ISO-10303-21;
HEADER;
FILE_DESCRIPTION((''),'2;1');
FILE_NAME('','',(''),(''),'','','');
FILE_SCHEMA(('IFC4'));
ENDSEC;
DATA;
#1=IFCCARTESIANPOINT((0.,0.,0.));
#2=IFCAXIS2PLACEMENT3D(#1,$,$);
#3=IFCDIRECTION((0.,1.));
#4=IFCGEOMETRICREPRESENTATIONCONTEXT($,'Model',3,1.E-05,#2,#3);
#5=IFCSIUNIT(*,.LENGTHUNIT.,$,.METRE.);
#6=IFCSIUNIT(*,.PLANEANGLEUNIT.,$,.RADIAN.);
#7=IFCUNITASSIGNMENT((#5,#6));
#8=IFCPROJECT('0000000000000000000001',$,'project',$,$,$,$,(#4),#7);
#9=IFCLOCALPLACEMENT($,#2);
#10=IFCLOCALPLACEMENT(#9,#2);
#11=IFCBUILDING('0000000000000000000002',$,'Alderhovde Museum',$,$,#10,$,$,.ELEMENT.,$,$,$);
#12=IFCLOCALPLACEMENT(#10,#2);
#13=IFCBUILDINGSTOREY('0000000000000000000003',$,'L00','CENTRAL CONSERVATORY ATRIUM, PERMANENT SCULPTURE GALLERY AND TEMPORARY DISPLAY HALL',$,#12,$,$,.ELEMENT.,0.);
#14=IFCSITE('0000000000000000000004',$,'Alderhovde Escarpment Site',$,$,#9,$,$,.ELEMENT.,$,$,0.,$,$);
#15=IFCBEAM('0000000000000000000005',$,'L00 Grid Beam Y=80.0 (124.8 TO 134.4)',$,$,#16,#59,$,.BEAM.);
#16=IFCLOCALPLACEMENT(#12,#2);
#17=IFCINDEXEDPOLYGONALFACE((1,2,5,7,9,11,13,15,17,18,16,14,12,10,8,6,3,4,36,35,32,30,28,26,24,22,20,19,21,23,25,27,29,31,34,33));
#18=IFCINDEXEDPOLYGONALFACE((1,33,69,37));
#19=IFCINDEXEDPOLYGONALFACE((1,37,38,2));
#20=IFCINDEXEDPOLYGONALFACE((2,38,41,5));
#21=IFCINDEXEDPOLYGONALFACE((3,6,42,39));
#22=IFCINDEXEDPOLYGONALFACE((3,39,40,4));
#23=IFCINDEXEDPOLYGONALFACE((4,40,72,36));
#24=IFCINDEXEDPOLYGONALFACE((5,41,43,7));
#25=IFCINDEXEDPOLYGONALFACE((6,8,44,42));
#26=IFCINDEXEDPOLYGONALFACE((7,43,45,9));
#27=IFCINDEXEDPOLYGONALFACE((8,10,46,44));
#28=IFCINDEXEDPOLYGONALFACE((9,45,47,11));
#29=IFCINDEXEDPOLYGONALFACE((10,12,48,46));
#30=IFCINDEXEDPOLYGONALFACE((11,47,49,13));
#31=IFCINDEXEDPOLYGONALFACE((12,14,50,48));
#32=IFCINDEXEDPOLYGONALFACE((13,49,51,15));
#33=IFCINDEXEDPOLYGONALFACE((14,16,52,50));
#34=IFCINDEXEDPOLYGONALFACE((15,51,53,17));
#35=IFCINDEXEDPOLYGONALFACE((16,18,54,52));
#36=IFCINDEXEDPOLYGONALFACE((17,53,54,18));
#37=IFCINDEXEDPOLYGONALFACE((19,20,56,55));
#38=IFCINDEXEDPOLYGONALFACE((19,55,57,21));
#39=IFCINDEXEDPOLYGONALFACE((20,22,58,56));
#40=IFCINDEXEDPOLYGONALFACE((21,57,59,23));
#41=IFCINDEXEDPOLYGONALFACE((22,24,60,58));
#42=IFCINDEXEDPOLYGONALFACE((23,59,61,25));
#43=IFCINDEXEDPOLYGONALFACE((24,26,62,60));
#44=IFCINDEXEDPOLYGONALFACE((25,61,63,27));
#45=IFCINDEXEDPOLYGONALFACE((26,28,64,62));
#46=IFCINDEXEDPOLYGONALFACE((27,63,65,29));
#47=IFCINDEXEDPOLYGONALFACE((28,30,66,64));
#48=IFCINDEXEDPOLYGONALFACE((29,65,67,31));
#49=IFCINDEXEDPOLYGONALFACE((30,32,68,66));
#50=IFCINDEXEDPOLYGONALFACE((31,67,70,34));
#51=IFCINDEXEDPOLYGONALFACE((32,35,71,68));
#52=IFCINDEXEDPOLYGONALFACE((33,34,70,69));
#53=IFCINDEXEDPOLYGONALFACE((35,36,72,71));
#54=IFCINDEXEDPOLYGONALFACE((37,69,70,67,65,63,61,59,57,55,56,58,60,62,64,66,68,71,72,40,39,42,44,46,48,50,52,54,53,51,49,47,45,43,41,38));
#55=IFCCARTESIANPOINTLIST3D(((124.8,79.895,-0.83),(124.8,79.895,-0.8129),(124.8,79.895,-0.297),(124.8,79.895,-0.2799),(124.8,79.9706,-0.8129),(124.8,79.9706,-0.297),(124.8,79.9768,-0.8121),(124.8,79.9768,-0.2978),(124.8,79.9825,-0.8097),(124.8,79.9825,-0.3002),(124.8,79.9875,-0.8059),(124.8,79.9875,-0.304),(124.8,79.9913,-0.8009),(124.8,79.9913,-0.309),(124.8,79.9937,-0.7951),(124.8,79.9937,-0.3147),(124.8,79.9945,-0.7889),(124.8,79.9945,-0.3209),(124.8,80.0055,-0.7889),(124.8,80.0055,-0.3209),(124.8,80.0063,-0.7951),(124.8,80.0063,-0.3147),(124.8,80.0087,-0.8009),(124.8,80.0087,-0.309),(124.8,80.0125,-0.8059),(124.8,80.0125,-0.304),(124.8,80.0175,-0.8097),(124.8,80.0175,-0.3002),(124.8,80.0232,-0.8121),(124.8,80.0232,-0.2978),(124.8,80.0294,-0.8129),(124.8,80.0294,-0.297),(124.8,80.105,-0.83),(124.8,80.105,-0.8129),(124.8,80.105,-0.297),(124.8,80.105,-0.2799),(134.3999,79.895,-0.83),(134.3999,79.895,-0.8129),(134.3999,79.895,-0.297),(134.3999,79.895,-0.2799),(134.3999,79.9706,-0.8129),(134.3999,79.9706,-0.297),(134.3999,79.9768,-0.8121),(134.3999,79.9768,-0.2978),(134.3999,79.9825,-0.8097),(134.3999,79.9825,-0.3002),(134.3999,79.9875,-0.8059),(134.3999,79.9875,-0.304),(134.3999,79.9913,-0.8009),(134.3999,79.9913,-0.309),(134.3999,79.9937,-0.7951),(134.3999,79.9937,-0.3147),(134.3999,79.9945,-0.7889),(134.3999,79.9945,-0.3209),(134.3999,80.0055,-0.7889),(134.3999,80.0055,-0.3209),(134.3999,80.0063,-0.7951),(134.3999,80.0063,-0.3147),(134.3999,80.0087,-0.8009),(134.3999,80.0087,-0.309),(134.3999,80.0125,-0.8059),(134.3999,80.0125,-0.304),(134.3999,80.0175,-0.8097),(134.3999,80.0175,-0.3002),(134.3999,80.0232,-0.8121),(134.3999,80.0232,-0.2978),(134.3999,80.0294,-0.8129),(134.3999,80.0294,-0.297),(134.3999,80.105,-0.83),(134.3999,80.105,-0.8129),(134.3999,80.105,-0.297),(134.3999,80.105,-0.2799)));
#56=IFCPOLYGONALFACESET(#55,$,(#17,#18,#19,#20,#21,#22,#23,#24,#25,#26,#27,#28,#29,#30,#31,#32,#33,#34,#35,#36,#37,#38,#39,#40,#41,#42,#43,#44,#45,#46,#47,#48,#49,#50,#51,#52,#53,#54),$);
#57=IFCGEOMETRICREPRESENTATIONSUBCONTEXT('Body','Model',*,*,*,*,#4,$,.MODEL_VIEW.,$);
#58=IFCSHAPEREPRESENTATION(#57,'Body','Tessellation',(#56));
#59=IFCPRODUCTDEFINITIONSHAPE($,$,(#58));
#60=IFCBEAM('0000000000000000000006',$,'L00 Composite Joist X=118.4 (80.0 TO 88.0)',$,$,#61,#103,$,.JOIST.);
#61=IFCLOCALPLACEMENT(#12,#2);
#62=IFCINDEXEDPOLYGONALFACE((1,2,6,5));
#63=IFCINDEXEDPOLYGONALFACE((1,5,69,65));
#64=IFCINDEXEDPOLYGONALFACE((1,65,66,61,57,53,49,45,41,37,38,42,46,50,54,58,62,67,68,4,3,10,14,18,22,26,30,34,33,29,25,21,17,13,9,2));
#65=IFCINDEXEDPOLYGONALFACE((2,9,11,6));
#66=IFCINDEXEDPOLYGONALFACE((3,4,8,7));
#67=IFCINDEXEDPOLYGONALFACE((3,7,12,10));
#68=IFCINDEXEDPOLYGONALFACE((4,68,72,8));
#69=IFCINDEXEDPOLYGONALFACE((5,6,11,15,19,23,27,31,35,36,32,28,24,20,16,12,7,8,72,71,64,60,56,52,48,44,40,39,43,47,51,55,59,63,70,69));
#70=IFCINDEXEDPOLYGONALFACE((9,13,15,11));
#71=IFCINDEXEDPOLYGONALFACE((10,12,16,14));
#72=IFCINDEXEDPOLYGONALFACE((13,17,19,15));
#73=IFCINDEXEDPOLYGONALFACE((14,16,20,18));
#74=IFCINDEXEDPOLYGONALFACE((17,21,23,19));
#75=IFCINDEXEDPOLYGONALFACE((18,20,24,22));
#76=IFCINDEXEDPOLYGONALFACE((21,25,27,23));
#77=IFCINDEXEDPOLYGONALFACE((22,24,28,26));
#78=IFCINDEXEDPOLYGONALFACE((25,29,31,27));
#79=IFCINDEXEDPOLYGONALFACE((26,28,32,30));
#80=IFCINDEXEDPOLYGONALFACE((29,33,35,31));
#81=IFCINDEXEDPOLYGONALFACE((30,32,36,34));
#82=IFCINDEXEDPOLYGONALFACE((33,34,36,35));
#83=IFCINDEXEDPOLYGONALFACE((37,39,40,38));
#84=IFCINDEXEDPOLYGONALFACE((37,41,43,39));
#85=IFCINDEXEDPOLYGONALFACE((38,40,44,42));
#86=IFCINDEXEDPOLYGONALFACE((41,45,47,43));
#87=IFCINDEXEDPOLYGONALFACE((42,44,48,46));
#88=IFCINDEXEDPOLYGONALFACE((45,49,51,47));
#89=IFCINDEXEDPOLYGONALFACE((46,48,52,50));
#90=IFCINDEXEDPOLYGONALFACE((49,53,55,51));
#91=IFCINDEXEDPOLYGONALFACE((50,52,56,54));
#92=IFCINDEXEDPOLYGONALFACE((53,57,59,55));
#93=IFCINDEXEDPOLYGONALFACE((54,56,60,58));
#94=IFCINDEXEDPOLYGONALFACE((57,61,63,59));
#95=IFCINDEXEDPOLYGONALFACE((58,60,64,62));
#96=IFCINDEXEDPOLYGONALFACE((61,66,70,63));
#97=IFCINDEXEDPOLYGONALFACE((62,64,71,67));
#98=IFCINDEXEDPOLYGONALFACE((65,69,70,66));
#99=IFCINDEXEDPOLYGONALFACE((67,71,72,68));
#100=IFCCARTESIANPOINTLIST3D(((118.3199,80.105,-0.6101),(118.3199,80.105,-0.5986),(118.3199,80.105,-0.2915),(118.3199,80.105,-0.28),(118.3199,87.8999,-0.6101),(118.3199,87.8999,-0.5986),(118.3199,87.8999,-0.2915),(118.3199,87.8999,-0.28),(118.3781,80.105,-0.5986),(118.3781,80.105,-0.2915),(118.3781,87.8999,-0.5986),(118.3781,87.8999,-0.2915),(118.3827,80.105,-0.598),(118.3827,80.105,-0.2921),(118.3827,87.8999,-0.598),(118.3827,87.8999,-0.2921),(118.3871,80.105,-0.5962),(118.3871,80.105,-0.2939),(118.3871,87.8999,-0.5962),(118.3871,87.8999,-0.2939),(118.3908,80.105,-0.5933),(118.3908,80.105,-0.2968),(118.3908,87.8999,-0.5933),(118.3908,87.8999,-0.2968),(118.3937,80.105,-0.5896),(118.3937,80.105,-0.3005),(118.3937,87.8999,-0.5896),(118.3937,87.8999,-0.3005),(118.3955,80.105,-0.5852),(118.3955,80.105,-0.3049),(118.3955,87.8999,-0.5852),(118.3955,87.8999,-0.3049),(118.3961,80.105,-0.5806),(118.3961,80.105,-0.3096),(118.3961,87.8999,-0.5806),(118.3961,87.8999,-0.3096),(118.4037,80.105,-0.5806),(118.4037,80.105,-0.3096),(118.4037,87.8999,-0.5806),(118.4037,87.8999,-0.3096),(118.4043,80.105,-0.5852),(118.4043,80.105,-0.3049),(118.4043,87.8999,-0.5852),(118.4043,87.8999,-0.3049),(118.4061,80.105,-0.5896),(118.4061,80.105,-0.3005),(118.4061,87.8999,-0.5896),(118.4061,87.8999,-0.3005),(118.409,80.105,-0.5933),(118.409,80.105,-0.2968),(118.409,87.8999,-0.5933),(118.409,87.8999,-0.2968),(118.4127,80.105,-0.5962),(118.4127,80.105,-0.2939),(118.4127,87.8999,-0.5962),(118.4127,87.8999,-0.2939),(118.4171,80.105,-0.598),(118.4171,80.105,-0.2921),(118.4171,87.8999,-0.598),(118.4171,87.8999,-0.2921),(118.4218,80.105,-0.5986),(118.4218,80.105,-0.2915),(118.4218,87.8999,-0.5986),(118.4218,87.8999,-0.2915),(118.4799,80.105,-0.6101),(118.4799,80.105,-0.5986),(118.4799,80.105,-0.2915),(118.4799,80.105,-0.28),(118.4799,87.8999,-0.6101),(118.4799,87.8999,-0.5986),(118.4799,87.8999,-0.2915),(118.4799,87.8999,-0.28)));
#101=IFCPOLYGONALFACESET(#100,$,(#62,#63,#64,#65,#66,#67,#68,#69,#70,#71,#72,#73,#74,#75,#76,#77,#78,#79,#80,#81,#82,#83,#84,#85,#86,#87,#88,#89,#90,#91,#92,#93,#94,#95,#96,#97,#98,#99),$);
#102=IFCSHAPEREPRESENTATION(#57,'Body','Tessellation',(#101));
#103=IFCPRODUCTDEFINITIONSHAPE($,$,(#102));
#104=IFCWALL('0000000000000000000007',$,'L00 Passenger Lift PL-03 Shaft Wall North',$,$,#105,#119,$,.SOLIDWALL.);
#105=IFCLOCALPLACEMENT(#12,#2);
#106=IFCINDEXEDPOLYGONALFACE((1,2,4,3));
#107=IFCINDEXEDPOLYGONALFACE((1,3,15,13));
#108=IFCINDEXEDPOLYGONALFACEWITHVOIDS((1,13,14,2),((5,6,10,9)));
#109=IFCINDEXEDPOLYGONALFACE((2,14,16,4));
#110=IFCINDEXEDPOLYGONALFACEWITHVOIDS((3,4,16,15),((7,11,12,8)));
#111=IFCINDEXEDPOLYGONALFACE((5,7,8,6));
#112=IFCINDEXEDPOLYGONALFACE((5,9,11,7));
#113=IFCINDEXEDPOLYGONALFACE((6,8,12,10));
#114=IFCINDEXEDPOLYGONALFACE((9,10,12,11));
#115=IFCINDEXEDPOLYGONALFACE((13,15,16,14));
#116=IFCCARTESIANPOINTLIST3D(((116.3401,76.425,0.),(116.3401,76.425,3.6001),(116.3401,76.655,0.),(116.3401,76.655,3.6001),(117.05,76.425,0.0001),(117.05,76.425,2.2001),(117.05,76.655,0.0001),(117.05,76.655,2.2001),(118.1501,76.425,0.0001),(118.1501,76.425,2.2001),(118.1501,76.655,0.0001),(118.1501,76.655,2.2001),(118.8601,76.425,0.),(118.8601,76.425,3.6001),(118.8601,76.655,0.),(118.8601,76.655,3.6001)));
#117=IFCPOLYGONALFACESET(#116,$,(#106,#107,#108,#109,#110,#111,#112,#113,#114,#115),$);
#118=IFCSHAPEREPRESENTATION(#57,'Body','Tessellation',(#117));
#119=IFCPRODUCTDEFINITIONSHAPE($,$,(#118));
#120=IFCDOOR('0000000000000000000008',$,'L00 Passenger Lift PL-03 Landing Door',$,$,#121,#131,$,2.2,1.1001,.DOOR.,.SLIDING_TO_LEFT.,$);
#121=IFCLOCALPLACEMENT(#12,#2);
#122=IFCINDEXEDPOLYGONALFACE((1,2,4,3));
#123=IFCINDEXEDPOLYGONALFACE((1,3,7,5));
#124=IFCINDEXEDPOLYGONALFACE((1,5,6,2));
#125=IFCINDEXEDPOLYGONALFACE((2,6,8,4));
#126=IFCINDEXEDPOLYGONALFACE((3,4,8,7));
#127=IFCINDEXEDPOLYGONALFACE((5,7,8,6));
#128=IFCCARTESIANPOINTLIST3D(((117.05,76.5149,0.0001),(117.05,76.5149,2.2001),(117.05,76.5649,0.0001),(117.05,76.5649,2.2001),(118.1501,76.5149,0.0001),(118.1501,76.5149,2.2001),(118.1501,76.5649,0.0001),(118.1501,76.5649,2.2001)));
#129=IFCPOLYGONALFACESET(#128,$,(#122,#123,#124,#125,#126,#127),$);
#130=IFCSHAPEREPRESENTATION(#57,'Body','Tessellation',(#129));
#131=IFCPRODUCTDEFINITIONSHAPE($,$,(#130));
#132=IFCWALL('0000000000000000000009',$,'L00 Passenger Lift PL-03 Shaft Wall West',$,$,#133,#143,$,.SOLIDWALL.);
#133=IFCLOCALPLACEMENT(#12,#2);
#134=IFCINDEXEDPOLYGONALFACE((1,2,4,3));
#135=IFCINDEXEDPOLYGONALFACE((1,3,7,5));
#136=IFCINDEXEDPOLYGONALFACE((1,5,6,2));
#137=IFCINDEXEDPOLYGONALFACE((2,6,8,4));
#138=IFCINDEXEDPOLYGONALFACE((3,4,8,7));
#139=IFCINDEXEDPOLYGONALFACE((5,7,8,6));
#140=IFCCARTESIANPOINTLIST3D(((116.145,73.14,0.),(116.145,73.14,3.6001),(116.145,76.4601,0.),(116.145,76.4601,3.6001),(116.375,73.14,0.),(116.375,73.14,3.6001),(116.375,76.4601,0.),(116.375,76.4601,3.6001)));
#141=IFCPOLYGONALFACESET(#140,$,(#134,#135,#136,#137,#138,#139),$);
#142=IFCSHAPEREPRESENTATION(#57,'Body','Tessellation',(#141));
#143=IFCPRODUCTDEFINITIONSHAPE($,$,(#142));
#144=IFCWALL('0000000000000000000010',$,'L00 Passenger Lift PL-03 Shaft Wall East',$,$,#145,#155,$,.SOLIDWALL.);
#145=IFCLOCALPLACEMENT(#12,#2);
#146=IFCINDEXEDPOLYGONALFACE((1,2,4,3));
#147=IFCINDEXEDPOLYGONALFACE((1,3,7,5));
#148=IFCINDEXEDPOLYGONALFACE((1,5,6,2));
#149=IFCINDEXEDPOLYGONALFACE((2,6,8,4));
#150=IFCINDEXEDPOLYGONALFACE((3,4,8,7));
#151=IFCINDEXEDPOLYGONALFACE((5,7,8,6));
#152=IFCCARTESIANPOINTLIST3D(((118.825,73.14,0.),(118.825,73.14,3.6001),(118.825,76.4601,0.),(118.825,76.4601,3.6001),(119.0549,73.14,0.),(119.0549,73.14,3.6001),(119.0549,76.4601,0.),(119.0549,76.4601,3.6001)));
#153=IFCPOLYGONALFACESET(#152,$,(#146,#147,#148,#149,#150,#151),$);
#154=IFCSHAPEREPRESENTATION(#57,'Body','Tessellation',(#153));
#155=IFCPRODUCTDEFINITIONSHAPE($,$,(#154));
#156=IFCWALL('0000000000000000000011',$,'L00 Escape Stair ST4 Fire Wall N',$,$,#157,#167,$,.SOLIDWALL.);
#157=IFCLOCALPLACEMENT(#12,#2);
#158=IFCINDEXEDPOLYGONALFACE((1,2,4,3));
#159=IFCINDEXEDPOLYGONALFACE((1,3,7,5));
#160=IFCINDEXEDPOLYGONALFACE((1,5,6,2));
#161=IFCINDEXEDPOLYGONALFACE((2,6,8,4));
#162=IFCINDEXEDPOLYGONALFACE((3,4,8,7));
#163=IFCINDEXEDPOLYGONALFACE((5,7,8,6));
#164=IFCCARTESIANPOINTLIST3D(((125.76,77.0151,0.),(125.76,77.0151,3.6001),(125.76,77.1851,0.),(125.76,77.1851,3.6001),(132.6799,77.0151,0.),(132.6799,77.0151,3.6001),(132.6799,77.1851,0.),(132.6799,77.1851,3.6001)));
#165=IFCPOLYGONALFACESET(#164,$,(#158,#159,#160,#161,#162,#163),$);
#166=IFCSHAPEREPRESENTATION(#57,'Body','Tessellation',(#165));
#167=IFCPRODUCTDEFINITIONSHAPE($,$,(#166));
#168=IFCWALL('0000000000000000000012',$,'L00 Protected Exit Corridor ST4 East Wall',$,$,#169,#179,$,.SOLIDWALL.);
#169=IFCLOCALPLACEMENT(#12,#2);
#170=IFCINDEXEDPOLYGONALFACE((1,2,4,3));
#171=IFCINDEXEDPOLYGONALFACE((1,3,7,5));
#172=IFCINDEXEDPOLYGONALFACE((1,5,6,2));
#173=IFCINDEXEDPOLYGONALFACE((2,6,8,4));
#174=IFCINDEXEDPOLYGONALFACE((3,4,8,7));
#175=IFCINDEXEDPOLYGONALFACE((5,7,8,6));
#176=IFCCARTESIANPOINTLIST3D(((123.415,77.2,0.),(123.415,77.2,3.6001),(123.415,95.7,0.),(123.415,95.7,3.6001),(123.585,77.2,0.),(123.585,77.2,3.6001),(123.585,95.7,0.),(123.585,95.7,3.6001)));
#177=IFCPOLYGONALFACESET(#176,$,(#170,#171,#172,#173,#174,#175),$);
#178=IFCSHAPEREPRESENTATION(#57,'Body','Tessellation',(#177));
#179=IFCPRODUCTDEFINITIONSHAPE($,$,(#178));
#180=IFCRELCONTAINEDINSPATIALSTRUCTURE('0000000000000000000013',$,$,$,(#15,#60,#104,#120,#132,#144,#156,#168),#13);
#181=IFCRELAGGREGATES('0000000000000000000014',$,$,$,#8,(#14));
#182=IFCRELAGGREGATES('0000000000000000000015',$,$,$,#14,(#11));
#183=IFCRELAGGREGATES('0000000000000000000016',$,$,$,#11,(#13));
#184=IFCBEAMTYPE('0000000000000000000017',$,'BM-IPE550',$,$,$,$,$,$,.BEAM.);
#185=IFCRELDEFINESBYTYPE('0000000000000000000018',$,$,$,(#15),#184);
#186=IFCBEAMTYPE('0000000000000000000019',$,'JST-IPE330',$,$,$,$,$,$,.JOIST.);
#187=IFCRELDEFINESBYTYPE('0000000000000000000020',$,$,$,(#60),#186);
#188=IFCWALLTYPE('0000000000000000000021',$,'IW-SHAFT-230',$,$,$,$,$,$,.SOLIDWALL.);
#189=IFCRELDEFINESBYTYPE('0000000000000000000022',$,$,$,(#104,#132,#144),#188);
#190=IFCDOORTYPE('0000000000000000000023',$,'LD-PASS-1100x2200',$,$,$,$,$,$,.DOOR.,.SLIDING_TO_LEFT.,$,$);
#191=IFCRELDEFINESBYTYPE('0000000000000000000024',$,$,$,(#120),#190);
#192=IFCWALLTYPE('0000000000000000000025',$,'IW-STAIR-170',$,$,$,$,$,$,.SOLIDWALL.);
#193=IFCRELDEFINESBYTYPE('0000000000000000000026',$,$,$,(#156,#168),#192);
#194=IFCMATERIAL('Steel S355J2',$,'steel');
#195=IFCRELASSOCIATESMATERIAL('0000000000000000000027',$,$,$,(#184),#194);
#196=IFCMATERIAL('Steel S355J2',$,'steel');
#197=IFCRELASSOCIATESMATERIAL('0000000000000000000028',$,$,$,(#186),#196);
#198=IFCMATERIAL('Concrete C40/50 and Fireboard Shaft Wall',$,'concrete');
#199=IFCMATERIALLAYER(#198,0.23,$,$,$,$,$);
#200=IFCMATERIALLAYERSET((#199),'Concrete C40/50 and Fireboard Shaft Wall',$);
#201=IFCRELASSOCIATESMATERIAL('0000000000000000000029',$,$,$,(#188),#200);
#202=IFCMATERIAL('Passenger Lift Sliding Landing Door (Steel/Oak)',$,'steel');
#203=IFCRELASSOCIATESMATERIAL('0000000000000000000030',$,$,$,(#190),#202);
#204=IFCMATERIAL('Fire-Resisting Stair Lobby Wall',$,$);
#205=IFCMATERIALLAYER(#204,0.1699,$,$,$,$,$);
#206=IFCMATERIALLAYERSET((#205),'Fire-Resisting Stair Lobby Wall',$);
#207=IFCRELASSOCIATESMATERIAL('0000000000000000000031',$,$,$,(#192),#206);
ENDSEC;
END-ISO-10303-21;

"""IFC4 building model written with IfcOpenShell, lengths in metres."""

from ifc_helpers import new_model, si_unit, direction, frame, frame_2d, origin, origin_2d, place, context, subcontext, project, spatial, rectangle, i_section, extrude, material, layer, layer_set, material_profile, profile_set, type_object, element, fill, save


model = new_model("IFC4")

# Units and contexts
model_context = context("Model", 3, precision=1e-05, world=origin(), true_north=direction((0.0, 1.0)))
body_context = subcontext(model_context, "Body", "Model", "MODEL_VIEW")
ifc_project = project(units=[si_unit("LENGTHUNIT", "METRE"), si_unit("PLANEANGLEUNIT", "RADIAN")], contexts=[model_context])

# Site, building, storey
site_placement = place(None, origin())
site = spatial("IfcSite", under=ifc_project, at=site_placement, Name="Alderhovde Escarpment Site", CompositionType="ELEMENT", RefElevation=0.0)
building_placement = place(site_placement, origin())
building = spatial("IfcBuilding", under=site, at=building_placement, Name="Alderhovde Museum", CompositionType="ELEMENT")
storey_placement = place(building_placement, origin())
storey = spatial("IfcBuildingStorey", under=building, at=storey_placement, Name="L00", Description="CENTRAL CONSERVATORY ATRIUM, PERMANENT SCULPTURE GALLERY AND TEMPORARY DISPLAY HALL", CompositionType="ELEMENT", Elevation=0.0)

# Beams
ifc_material_1 = material(Name="Steel S355J2", Category="steel")
ifc_material_profile_1 = material_profile(ifc_material_1, i_section(OverallWidth=0.21, OverallDepth=0.55, WebThickness=0.011, FlangeThickness=0.0171, FilletRadius=0.0239, at=origin_2d()), Name="IPE 550")
ifc_profile_set_1 = profile_set([ifc_material_profile_1], Name="Steel S355J2")
beam_type_1 = type_object("IfcBeamType", Name="BM-IPE550", PredefinedType="BEAM", material=ifc_profile_set_1)
beam_1_placement = place(storey_placement, frame((124.8, 80.0, -0.5549), z_axis=(1.0, 0.0, 0.0), x_axis=(0.0, 1.0, 0.0)))
element("IfcBeam", 1, at=beam_1_placement, inside=storey, type_object=beam_type_1, Name="L00 Grid Beam Y=80.0 (124.8 TO 134.4)", PredefinedType="BEAM", context=body_context, shape_type="SweptSolid", body=[
    extrude(i_section(OverallWidth=0.21, OverallDepth=0.55, WebThickness=0.011, FlangeThickness=0.0171, FilletRadius=0.0239, at=origin_2d()), origin(), (0.0, 0.0, 1.0), 9.5999),
])
ifc_material_2 = material(Name="Steel S355J2", Category="steel")
ifc_material_profile_2 = material_profile(ifc_material_2, i_section(OverallWidth=0.1599, OverallDepth=0.3301, WebThickness=0.0076, FlangeThickness=0.0115, FilletRadius=0.0181, at=origin_2d()), Name="IPE 330")
ifc_profile_set_2 = profile_set([ifc_material_profile_2], Name="Steel S355J2")
beam_type_2 = type_object("IfcBeamType", Name="JST-IPE330", PredefinedType="JOIST", material=ifc_profile_set_2)
beam_2_placement = place(storey_placement, frame((118.3999, 80.105, -0.4451), z_axis=(0.0, 1.0, 0.0), x_axis=(-1.0, 0.0, 0.0)))
element("IfcBeam", 2, at=beam_2_placement, inside=storey, type_object=beam_type_2, Name="L00 Composite Joist X=118.4 (80.0 TO 88.0)", PredefinedType="JOIST", context=body_context, shape_type="SweptSolid", body=[
    extrude(i_section(OverallWidth=0.1599, OverallDepth=0.3301, WebThickness=0.0076, FlangeThickness=0.0115, FilletRadius=0.0181, at=origin_2d()), origin(), (0.0, 0.0, 1.0), 7.7949),
])

# Wall, opening, door
ifc_material_3 = material(Name="Concrete C40/50 and Fireboard Shaft Wall", Category="concrete")
ifc_layer_1 = layer(ifc_material_3, 0.23)
ifc_layer_set_1 = layer_set([ifc_layer_1], Name="Concrete C40/50 and Fireboard Shaft Wall")
wall_type_1 = type_object("IfcWallType", Name="IW-SHAFT-230", PredefinedType="SOLIDWALL", material=ifc_layer_set_1)
wall_1_placement = place(storey_placement, frame((116.3401, 76.54, 0.0), z_axis=(0.0, 0.0, 1.0), x_axis=(1.0, 0.0, 0.0)))
wall_1 = element("IfcWall", 3, at=wall_1_placement, inside=storey, type_object=wall_type_1, Name="L00 Passenger Lift PL-03 Shaft Wall North", PredefinedType="SOLIDWALL", context=body_context, shape_type="SweptSolid", body=[
    extrude(rectangle(XDim=2.52, YDim=0.23, at=frame_2d((1.26, 0.0))), origin(), (0.0, 0.0, 1.0), 3.6001),
])
opening_placement = place(wall_1_placement, frame((0.71, 0.0, 0.0)))
opening = element("IfcOpeningElement", 4, at=opening_placement, cuts=wall_1, PredefinedType="OPENING", context=body_context, shape_type="SweptSolid", body=[
    extrude(rectangle(XDim=1.1001, YDim=2.2, at=frame_2d((0.55, 1.1001))), frame((0.0, 0.125, 0.0), z_axis=(0.0, -1.0, 0.0), x_axis=(1.0, 0.0, 0.0)), (0.0, 0.0, 1.0), 0.25),
])
ifc_material_4 = material(Name="Passenger Lift Sliding Landing Door (Steel/Oak)", Category="steel")
door_type = type_object("IfcDoorType", Name="LD-PASS-1100x2200", OperationType="SLIDING_TO_LEFT", PredefinedType="DOOR", material=ifc_material_4)
door_placement = place(opening_placement, origin())
door = element("IfcDoor", 5, at=door_placement, inside=storey, type_object=door_type, Name="L00 Passenger Lift PL-03 Landing Door", OperationType="SLIDING_TO_LEFT", OverallHeight=2.2, OverallWidth=1.1001, PredefinedType="DOOR", context=body_context, shape_type="SweptSolid", body=[
    extrude(rectangle(XDim=1.1001, YDim=2.2, at=frame_2d((0.55, 1.1001))), frame((0.0, 0.0249, 0.0), z_axis=(0.0, -1.0, 0.0), x_axis=(1.0, 0.0, 0.0)), (0.0, 0.0, 1.0), 0.05),
])
fill(opening, door)

# Walls
for number, where, z_axis, x_axis, name in (
    (6, (116.26, 73.1399, 0.0), (0.0, 0.0, 1.0), (0.0, 1.0, 0.0), "L00 Passenger Lift PL-03 Shaft Wall West"),
    (7, (118.9399, 73.1399, 0.0), (0.0, 0.0, 1.0), (0.0, 1.0, 0.0), "L00 Passenger Lift PL-03 Shaft Wall East"),
):
    element("IfcWall", number, at=place(storey_placement, frame(where, z_axis=z_axis, x_axis=x_axis)), inside=storey, type_object=wall_type_1, Name=name, PredefinedType="SOLIDWALL", context=body_context, shape_type="SweptSolid", body=[
        extrude(rectangle(XDim=3.3201, YDim=0.23, at=frame_2d((1.6602, 0.0))), origin(), (0.0, 0.0, 1.0), 3.6001),
    ])
ifc_material_5 = material(Name="Fire-Resisting Stair Lobby Wall")
ifc_layer_2 = layer(ifc_material_5, 0.1699)
ifc_layer_set_2 = layer_set([ifc_layer_2], Name="Fire-Resisting Stair Lobby Wall")
wall_type_2 = type_object("IfcWallType", Name="IW-STAIR-170", PredefinedType="SOLIDWALL", material=ifc_layer_set_2)
wall_2_placement = place(storey_placement, frame((125.76, 77.1001, 0.0), z_axis=(0.0, 0.0, 1.0), x_axis=(1.0, 0.0, 0.0)))
element("IfcWall", 8, at=wall_2_placement, inside=storey, type_object=wall_type_2, Name="L00 Escape Stair ST4 Fire Wall N", PredefinedType="SOLIDWALL", context=body_context, shape_type="SweptSolid", body=[
    extrude(rectangle(XDim=6.9199, YDim=0.1699, at=frame_2d((3.46, 0.0))), origin(), (0.0, 0.0, 1.0), 3.6001),
])
wall_3_placement = place(storey_placement, frame((123.5, 77.2, 0.0), z_axis=(0.0, 0.0, 1.0), x_axis=(0.0, 1.0, 0.0)))
element("IfcWall", 9, at=wall_3_placement, inside=storey, type_object=wall_type_2, Name="L00 Protected Exit Corridor ST4 East Wall", PredefinedType="SOLIDWALL", context=body_context, shape_type="SweptSolid", body=[
    extrude(rectangle(XDim=18.5, YDim=0.1699, at=frame_2d((9.25, 0.0))), origin(), (0.0, 0.0, 1.0), 3.6001),
])

save(model, "model.ifc")
